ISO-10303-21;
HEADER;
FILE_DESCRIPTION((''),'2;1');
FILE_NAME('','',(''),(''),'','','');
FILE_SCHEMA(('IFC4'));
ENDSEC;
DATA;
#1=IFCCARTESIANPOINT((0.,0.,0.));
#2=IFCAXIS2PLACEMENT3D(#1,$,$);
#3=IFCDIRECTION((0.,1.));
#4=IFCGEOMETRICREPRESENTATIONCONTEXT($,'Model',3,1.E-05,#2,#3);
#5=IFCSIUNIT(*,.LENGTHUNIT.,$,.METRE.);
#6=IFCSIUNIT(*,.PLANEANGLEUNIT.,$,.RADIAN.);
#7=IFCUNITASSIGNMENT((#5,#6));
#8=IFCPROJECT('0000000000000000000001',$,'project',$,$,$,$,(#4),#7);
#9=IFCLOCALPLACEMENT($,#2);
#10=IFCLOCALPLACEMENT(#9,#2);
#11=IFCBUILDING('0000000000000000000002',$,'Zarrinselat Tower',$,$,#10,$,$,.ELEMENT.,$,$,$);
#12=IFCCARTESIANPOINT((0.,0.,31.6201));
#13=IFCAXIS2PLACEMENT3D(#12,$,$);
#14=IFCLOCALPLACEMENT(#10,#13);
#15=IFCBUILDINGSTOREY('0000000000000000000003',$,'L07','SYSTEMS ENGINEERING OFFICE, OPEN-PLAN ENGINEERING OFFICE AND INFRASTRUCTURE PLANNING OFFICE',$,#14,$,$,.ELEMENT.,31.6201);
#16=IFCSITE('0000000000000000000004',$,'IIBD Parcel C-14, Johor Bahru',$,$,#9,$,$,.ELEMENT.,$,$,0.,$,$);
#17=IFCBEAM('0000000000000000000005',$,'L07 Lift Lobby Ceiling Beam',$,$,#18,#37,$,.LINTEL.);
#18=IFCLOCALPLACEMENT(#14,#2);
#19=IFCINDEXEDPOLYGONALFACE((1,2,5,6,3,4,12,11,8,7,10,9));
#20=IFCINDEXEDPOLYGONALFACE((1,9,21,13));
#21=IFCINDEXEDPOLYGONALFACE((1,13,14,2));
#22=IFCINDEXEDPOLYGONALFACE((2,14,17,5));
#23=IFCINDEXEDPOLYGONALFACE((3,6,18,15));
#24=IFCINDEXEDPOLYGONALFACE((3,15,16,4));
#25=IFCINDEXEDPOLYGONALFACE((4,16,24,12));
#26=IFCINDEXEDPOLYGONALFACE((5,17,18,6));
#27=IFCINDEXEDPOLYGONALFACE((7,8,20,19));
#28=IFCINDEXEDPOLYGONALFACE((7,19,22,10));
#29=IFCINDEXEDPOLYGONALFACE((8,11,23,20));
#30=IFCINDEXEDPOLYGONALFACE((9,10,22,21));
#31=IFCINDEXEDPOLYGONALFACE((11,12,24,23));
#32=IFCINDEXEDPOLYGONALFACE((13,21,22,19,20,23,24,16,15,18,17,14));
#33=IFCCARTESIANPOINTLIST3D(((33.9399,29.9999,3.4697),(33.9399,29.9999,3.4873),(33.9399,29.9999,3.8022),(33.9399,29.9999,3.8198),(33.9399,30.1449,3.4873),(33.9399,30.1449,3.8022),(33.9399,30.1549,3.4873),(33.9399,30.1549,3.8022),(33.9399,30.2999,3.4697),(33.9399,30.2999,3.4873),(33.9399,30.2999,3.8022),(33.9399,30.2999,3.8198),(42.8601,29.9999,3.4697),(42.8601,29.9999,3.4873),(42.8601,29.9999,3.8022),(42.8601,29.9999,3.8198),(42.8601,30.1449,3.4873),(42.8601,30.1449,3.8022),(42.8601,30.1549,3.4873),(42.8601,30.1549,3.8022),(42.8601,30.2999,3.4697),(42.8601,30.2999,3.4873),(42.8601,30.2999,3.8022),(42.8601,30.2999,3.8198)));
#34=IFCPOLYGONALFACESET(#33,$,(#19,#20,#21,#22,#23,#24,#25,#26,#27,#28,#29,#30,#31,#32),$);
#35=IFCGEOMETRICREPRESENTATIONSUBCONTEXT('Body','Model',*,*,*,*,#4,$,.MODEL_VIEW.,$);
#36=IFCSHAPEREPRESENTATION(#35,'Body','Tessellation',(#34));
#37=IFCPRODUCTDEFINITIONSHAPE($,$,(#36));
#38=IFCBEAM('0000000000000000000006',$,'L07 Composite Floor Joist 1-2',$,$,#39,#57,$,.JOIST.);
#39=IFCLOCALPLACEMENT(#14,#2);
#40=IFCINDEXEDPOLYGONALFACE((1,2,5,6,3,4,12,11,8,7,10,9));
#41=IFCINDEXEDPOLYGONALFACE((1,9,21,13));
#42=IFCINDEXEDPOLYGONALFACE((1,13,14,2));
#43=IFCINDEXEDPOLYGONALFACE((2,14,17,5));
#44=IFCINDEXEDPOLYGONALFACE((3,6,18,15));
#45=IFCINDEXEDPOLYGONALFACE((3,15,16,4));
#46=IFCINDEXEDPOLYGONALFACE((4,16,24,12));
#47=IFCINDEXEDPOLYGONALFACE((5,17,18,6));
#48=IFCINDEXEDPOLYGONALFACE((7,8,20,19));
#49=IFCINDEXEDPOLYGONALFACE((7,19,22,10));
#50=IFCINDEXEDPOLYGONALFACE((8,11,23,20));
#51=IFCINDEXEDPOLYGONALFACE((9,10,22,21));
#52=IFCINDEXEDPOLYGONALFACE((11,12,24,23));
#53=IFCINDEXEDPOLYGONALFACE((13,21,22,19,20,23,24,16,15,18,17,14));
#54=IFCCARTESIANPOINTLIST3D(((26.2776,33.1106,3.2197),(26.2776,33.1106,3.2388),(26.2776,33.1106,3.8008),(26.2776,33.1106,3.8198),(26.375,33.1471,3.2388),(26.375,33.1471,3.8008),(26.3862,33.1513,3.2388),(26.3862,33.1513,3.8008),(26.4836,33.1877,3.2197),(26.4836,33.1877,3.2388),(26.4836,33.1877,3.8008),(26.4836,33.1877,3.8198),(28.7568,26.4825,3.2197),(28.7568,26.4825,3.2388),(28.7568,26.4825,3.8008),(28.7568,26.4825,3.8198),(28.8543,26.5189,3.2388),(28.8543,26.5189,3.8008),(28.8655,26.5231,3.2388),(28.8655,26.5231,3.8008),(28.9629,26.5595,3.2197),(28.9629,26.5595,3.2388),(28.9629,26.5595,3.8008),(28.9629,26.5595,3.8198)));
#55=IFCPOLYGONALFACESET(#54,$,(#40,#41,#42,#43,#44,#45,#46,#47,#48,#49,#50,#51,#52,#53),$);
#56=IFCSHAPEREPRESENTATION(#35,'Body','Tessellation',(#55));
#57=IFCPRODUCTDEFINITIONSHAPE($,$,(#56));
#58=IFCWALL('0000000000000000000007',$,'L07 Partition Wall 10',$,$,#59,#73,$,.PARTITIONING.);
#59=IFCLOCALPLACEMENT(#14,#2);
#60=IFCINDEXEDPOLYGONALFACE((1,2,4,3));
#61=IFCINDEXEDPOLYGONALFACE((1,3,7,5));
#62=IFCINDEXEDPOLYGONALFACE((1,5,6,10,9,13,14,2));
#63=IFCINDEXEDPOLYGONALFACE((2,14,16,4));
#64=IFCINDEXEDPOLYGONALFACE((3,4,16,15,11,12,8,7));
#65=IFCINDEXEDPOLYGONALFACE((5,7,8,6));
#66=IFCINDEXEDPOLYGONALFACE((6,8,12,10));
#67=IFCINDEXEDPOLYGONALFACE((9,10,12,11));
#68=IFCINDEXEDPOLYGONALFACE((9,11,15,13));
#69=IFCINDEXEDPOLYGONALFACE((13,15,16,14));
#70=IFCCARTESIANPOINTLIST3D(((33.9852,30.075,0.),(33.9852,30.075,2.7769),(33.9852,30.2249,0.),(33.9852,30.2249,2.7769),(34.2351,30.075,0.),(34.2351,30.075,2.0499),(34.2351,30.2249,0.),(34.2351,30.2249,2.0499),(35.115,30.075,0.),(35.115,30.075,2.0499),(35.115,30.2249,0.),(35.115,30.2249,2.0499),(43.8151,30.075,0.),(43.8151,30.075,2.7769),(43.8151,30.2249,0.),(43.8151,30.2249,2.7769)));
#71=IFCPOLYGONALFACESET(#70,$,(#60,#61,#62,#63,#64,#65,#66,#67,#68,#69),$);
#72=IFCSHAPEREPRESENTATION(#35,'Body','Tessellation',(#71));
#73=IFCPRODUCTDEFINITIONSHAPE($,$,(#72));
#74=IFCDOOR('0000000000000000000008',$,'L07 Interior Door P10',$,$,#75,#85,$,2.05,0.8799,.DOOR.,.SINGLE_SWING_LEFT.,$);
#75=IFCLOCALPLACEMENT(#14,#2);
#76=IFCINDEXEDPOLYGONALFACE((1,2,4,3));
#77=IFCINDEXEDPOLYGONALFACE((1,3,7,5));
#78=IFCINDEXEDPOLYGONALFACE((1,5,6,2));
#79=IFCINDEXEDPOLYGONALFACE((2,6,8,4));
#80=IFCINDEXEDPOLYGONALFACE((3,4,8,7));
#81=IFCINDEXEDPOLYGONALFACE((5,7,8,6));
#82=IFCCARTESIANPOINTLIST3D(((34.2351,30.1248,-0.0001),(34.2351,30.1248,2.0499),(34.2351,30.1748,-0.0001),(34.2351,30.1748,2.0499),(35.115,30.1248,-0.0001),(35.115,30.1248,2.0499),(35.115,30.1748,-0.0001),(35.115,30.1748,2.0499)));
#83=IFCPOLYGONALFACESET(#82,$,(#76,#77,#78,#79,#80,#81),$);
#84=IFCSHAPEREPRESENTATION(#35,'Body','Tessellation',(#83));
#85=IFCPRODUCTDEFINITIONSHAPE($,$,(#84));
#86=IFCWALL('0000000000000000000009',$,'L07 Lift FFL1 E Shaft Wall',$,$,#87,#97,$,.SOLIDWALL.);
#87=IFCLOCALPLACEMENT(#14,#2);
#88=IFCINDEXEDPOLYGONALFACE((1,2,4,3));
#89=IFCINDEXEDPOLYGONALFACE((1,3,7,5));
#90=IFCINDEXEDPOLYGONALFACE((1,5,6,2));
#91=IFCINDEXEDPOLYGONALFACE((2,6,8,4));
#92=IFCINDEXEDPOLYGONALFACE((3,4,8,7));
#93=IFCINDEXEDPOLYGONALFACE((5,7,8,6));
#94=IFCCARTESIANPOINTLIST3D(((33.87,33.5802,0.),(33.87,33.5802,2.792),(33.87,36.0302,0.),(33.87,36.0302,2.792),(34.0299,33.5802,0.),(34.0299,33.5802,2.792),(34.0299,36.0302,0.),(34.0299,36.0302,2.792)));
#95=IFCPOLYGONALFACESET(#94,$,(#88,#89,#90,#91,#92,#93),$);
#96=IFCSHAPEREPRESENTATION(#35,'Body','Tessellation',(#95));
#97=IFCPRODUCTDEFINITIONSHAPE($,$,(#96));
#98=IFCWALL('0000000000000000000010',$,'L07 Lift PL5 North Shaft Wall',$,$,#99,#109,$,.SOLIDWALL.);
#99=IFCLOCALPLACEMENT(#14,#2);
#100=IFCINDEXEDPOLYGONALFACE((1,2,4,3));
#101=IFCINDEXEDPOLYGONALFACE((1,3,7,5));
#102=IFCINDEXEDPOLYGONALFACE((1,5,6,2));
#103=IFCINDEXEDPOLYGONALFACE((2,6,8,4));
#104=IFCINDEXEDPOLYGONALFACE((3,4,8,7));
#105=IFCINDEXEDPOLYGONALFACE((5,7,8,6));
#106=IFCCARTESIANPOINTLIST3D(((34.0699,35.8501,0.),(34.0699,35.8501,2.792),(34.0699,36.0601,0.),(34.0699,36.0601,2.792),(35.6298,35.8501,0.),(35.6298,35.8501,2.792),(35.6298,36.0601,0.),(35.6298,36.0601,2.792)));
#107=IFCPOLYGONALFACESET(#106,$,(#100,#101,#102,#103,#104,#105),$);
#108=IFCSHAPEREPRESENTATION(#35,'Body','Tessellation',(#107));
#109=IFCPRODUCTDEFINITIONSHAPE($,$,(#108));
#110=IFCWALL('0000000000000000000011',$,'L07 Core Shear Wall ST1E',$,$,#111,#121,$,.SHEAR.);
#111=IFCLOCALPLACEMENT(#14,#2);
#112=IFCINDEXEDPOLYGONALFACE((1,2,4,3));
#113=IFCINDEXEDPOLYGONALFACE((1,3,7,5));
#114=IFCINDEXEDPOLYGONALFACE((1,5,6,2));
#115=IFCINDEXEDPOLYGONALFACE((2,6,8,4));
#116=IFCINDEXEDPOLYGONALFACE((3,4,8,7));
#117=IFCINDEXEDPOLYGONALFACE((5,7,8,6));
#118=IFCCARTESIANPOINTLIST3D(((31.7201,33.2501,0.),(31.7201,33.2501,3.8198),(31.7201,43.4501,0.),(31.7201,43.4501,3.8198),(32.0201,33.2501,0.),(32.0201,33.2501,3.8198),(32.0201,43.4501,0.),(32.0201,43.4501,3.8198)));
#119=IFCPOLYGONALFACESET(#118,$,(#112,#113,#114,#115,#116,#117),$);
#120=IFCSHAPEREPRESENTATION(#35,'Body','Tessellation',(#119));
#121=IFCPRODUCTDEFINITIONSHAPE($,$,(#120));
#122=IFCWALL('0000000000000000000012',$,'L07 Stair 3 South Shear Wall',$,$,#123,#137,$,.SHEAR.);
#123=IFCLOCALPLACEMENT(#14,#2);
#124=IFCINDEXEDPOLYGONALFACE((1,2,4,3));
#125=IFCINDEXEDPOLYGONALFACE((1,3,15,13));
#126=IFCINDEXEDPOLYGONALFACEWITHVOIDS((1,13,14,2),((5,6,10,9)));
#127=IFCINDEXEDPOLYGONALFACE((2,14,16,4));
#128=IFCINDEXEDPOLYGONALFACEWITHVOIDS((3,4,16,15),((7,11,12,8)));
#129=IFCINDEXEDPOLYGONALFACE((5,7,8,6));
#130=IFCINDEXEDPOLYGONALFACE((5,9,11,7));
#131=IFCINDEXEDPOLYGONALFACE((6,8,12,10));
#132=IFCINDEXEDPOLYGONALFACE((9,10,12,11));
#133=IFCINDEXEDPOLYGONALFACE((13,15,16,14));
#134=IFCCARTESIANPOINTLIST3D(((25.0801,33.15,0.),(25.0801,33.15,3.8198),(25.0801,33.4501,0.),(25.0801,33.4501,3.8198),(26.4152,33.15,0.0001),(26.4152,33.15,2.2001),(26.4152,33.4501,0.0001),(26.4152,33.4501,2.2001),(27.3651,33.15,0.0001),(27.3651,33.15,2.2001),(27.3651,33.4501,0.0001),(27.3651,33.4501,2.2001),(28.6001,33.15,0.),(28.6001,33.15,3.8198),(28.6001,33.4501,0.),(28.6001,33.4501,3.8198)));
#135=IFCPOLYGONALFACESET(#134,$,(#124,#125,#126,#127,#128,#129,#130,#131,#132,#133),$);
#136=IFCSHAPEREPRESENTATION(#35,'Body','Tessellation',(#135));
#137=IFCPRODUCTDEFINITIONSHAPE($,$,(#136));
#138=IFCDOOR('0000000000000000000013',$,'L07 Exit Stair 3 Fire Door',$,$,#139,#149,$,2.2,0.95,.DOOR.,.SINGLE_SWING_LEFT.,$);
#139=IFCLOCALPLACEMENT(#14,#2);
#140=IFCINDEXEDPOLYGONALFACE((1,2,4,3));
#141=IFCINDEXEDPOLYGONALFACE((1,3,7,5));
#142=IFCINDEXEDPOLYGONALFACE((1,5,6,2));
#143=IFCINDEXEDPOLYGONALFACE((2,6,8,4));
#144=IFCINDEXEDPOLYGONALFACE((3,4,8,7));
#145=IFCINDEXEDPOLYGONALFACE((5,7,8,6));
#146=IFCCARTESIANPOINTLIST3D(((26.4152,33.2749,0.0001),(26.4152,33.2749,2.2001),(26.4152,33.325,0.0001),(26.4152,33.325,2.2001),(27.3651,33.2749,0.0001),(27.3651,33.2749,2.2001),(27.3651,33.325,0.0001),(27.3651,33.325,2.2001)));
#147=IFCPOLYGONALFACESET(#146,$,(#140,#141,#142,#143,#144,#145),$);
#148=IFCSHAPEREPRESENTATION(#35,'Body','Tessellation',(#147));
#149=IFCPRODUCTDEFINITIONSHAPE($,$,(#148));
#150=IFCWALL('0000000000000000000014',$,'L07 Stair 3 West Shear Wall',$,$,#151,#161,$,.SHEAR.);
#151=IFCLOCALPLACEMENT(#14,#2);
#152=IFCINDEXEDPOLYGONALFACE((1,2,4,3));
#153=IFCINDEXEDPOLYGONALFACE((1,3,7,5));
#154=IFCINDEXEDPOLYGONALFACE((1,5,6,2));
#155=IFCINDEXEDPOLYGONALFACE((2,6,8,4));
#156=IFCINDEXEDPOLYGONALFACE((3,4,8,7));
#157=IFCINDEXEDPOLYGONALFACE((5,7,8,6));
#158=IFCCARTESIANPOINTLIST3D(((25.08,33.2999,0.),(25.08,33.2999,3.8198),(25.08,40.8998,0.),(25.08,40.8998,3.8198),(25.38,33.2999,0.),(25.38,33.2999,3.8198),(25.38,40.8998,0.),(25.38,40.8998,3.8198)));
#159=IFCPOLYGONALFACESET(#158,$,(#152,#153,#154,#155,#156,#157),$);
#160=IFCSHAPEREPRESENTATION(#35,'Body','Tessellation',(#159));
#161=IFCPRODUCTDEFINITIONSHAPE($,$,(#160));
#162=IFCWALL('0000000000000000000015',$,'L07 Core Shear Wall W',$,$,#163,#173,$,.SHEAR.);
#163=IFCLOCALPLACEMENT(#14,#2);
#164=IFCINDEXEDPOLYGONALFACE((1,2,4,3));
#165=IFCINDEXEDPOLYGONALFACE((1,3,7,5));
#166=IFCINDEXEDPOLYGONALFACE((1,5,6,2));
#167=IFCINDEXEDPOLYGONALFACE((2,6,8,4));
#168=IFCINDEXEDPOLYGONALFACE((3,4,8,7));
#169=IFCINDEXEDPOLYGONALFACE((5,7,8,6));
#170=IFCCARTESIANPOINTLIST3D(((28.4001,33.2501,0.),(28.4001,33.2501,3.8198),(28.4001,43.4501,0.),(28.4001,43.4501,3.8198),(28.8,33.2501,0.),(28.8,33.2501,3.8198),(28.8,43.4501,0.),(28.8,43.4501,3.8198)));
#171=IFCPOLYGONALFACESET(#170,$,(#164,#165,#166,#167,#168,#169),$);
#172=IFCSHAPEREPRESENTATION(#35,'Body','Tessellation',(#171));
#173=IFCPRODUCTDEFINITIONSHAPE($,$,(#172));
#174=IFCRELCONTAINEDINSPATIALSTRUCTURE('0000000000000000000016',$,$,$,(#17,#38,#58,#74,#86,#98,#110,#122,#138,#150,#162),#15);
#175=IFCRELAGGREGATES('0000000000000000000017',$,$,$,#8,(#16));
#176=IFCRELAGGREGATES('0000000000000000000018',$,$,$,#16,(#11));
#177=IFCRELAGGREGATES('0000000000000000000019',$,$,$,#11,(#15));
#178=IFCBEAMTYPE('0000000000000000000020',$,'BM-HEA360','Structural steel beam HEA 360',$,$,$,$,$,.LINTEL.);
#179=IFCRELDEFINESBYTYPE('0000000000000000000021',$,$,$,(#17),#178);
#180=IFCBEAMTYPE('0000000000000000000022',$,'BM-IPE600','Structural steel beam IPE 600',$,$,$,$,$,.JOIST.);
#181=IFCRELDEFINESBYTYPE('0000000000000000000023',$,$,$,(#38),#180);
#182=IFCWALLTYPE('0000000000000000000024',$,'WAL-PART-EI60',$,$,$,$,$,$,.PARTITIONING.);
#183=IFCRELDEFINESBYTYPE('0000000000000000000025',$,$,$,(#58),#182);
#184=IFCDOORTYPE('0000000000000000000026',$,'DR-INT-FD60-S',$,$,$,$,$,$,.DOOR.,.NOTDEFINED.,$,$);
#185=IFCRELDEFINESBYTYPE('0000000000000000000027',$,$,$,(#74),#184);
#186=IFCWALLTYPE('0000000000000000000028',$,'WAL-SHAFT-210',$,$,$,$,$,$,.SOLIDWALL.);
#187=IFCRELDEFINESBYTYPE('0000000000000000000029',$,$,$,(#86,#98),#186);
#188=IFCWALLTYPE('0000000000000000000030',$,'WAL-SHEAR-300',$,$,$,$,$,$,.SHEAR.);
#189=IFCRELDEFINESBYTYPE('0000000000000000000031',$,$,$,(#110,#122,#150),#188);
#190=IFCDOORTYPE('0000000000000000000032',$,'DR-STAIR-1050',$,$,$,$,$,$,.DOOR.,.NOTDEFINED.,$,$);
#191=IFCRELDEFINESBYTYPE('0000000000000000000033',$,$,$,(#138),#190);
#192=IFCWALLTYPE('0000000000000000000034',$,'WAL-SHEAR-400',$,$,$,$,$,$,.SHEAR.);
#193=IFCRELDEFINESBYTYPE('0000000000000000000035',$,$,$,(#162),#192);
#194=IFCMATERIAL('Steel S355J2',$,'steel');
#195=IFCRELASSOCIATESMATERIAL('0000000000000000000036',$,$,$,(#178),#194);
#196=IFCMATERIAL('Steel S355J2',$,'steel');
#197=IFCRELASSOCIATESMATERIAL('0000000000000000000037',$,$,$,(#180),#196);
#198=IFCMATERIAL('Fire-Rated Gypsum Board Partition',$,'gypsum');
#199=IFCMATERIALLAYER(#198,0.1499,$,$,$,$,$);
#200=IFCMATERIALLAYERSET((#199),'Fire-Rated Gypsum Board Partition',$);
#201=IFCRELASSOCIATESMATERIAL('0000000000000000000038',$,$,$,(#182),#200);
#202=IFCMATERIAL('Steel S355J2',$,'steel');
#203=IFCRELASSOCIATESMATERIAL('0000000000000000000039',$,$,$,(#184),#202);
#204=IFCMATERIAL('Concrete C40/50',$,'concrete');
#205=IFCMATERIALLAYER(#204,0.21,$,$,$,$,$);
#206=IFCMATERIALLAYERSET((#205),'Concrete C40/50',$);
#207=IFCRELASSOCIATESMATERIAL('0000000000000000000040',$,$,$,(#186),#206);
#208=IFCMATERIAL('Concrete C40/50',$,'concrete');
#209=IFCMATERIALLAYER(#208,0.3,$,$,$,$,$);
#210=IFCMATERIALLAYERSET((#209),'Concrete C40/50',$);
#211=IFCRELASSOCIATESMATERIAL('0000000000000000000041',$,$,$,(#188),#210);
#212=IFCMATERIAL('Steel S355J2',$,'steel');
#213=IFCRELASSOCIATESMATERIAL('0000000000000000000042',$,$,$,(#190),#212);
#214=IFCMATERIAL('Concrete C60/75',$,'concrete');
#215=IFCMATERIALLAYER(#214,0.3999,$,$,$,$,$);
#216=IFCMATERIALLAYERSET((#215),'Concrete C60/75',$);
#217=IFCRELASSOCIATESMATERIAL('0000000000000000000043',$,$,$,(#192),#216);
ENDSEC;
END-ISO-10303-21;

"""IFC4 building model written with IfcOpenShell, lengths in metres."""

from ifc_helpers import new_model, si_unit, direction, frame, frame_2d, origin, origin_2d, place, context, subcontext, project, spatial, rectangle, i_section, extrude, material, layer, layer_set, material_profile, profile_set, type_object, element, fill, save


model = new_model("IFC4")

# Units and contexts
model_context = context("Model", 3, precision=1e-05, world=origin(), true_north=direction((0.0, 1.0)))
body_context = subcontext(model_context, "Body", "Model", "MODEL_VIEW")
ifc_project = project(units=[si_unit("LENGTHUNIT", "METRE"), si_unit("PLANEANGLEUNIT", "RADIAN")], contexts=[model_context])

# Site, building, storey
site_placement = place(None, origin())
site = spatial("IfcSite", under=ifc_project, at=site_placement, Name="IIBD Parcel C-14, Johor Bahru", CompositionType="ELEMENT", RefElevation=0.0)
building_placement = place(site_placement, origin())
building = spatial("IfcBuilding", under=site, at=building_placement, Name="Zarrinselat Tower", CompositionType="ELEMENT")
storey_placement = place(building_placement, frame((0.0, 0.0, 31.6201)))
storey = spatial("IfcBuildingStorey", under=building, at=storey_placement, Name="L07", Description="SYSTEMS ENGINEERING OFFICE, OPEN-PLAN ENGINEERING OFFICE AND INFRASTRUCTURE PLANNING OFFICE", CompositionType="ELEMENT", Elevation=31.6201)

# Beams
ifc_material_1 = material(Name="Steel S355J2", Category="steel")
ifc_material_profile_1 = material_profile(ifc_material_1, i_section(OverallWidth=0.3, OverallDepth=0.3501, WebThickness=0.01, FlangeThickness=0.0176, at=origin_2d()), Name="HEA 360")
ifc_profile_set_1 = profile_set([ifc_material_profile_1], Name="Steel S355J2")
beam_type_1 = type_object("IfcBeamType", Name="BM-HEA360", Description="Structural steel beam HEA 360", PredefinedType="LINTEL", material=ifc_profile_set_1)
beam_1_placement = place(storey_placement, frame((33.9399, 30.1499, 3.6448), z_axis=(1.0, 0.0, 0.0), x_axis=(0.0, 1.0, 0.0)))
element("IfcBeam", 1, at=beam_1_placement, inside=storey, type_object=beam_type_1, Name="L07 Lift Lobby Ceiling Beam", PredefinedType="LINTEL", context=body_context, shape_type="SweptSolid", body=[
    extrude(i_section(OverallWidth=0.3, OverallDepth=0.3501, WebThickness=0.01, FlangeThickness=0.0176, at=origin_2d()), origin(), (0.0, 0.0, 1.0), 8.9202),
])
ifc_material_2 = material(Name="Steel S355J2", Category="steel")
ifc_material_profile_2 = material_profile(ifc_material_2, i_section(OverallWidth=0.22, OverallDepth=0.6001, WebThickness=0.012, FlangeThickness=0.019, at=origin_2d()), Name="IPE 600")
ifc_profile_set_2 = profile_set([ifc_material_profile_2], Name="Steel S355J2")
beam_type_2 = type_object("IfcBeamType", Name="BM-IPE600", Description="Structural steel beam IPE 600", PredefinedType="JOIST", material=ifc_profile_set_2)
beam_2_placement = place(storey_placement, frame((26.3806, 33.1492, 3.5198), z_axis=(0.350341, -0.936622, 0.0), x_axis=(0.936622, 0.350341, 0.0)))
element("IfcBeam", 2, at=beam_2_placement, inside=storey, type_object=beam_type_2, Name="L07 Composite Floor Joist 1-2", PredefinedType="JOIST", context=body_context, shape_type="SweptSolid", body=[
    extrude(i_section(OverallWidth=0.22, OverallDepth=0.6001, WebThickness=0.012, FlangeThickness=0.019, at=origin_2d()), origin(), (0.0, 0.0, 1.0), 7.0767),
])

# Wall, opening, door
ifc_material_3 = material(Name="Fire-Rated Gypsum Board Partition", Category="gypsum")
ifc_layer_1 = layer(ifc_material_3, 0.1499)
ifc_layer_set_1 = layer_set([ifc_layer_1], Name="Fire-Rated Gypsum Board Partition")
wall_type_1 = type_object("IfcWallType", Name="WAL-PART-EI60", PredefinedType="PARTITIONING", material=ifc_layer_set_1)
wall_1_placement = place(storey_placement, frame((33.9851, 30.1499, 0.0), z_axis=(0.0, 0.0, 1.0), x_axis=(1.0, 0.0, 0.0)))
wall_1 = element("IfcWall", 3, at=wall_1_placement, inside=storey, type_object=wall_type_1, Name="L07 Partition Wall 10", PredefinedType="PARTITIONING", context=body_context, shape_type="SweptSolid", body=[
    extrude(rectangle(XDim=9.8298, YDim=0.1499, at=frame_2d((4.915, 0.0))), origin(), (0.0, 0.0, 1.0), 2.7769),
])
opening_1_placement = place(wall_1_placement, frame((0.25, 0.0, 0.0)))
opening_1 = element("IfcOpeningElement", 4, at=opening_1_placement, cuts=wall_1, PredefinedType="OPENING", context=body_context, shape_type="SweptSolid", body=[
    extrude(rectangle(XDim=0.8799, YDim=2.05, at=frame_2d((0.4399, 1.0249))), frame((0.0, 0.085, 0.0), z_axis=(0.0, -1.0, 0.0), x_axis=(1.0, 0.0, 0.0)), (0.0, 0.0, 1.0), 0.1699),
])
ifc_material_4 = material(Name="Steel S355J2", Category="steel")
door_type_1 = type_object("IfcDoorType", Name="DR-INT-FD60-S", OperationType="NOTDEFINED", PredefinedType="DOOR", material=ifc_material_4)
door_1_placement = place(opening_1_placement, origin())
door_1 = element("IfcDoor", 5, at=door_1_placement, inside=storey, type_object=door_type_1, Name="L07 Interior Door P10", OperationType="SINGLE_SWING_LEFT", OverallHeight=2.05, OverallWidth=0.8799, PredefinedType="DOOR", context=body_context, shape_type="SweptSolid", body=[
    extrude(rectangle(XDim=0.8799, YDim=2.05, at=frame_2d((0.4399, 1.0249))), frame((0.0, 0.0249, 0.0), z_axis=(0.0, -1.0, 0.0), x_axis=(1.0, 0.0, 0.0)), (0.0, 0.0, 1.0), 0.05),
])
fill(opening_1, door_1)

# Walls
ifc_material_5 = material(Name="Concrete C40/50", Category="concrete")
ifc_layer_2 = layer(ifc_material_5, 0.21)
ifc_layer_set_2 = layer_set([ifc_layer_2], Name="Concrete C40/50")
wall_type_2 = type_object("IfcWallType", Name="WAL-SHAFT-210", PredefinedType="SOLIDWALL", material=ifc_layer_set_2)
wall_2_placement = place(storey_placement, frame((33.95, 33.5801, 0.0), z_axis=(0.0, 0.0, 1.0), x_axis=(0.0, 1.0, 0.0)))
element("IfcWall", 6, at=wall_2_placement, inside=storey, type_object=wall_type_2, Name="L07 Lift FFL1 E Shaft Wall", PredefinedType="SOLIDWALL", context=body_context, shape_type="SweptSolid", body=[
    extrude(rectangle(XDim=2.45, YDim=0.1599, at=frame_2d((1.2251, 0.0))), origin(), (0.0, 0.0, 1.0), 2.792),
])
wall_3_placement = place(storey_placement, frame((34.0701, 35.9551, 0.0), z_axis=(0.0, 0.0, 1.0), x_axis=(1.0, 0.0, 0.0)))
element("IfcWall", 7, at=wall_3_placement, inside=storey, type_object=wall_type_2, Name="L07 Lift PL5 North Shaft Wall", PredefinedType="SOLIDWALL", context=body_context, shape_type="SweptSolid", body=[
    extrude(rectangle(XDim=1.5598, YDim=0.21, at=frame_2d((0.7798, 0.0))), origin(), (0.0, 0.0, 1.0), 2.792),
])
ifc_material_6 = material(Name="Concrete C40/50", Category="concrete")
ifc_layer_3 = layer(ifc_material_6, 0.3)
ifc_layer_set_3 = layer_set([ifc_layer_3], Name="Concrete C40/50")
wall_type_3 = type_object("IfcWallType", Name="WAL-SHEAR-300", PredefinedType="SHEAR", material=ifc_layer_set_3)
wall_4_placement = place(storey_placement, frame((31.8701, 33.25, 0.0), z_axis=(0.0, 0.0, 1.0), x_axis=(0.0, 1.0, 0.0)))
element("IfcWall", 8, at=wall_4_placement, inside=storey, type_object=wall_type_3, Name="L07 Core Shear Wall ST1E", PredefinedType="SHEAR", context=body_context, shape_type="SweptSolid", body=[
    extrude(rectangle(XDim=10.2, YDim=0.3, at=frame_2d((5.1001, 0.0))), origin(), (0.0, 0.0, 1.0), 3.8198),
])

# Wall, opening, door
wall_5_placement = place(storey_placement, frame((25.0801, 33.3, 0.0), z_axis=(0.0, 0.0, 1.0), x_axis=(1.0, 0.0, 0.0)))
wall_5 = element("IfcWall", 9, at=wall_5_placement, inside=storey, type_object=wall_type_3, Name="L07 Stair 3 South Shear Wall", PredefinedType="SHEAR", context=body_context, shape_type="SweptSolid", body=[
    extrude(rectangle(XDim=3.52, YDim=0.3, at=frame_2d((1.76, 0.0))), origin(), (0.0, 0.0, 1.0), 3.8198),
])
opening_2_placement = place(wall_5_placement, frame((1.335, 0.0, 0.0)))
opening_2 = element("IfcOpeningElement", 10, at=opening_2_placement, cuts=wall_5, PredefinedType="OPENING", context=body_context, shape_type="SweptSolid", body=[
    extrude(rectangle(XDim=0.95, YDim=2.2, at=frame_2d((0.4751, 1.1001))), frame((0.0, 0.1599, 0.0), z_axis=(0.0, -1.0, 0.0), x_axis=(1.0, 0.0, 0.0)), (0.0, 0.0, 1.0), 0.3201),
])
ifc_material_7 = material(Name="Steel S355J2", Category="steel")
door_type_2 = type_object("IfcDoorType", Name="DR-STAIR-1050", OperationType="NOTDEFINED", PredefinedType="DOOR", material=ifc_material_7)
door_2_placement = place(opening_2_placement, origin())
door_2 = element("IfcDoor", 11, at=door_2_placement, inside=storey, type_object=door_type_2, Name="L07 Exit Stair 3 Fire Door", OperationType="SINGLE_SWING_LEFT", OverallHeight=2.2, OverallWidth=0.95, PredefinedType="DOOR", context=body_context, shape_type="SweptSolid", body=[
    extrude(rectangle(XDim=0.95, YDim=2.2, at=frame_2d((0.4751, 1.1001))), frame((0.0, 0.0249, 0.0), z_axis=(0.0, -1.0, 0.0), x_axis=(1.0, 0.0, 0.0)), (0.0, 0.0, 1.0), 0.05),
])
fill(opening_2, door_2)

# Wall
wall_6_placement = place(storey_placement, frame((25.23, 33.3, 0.0), z_axis=(0.0, 0.0, 1.0), x_axis=(0.0, 1.0, 0.0)))
element("IfcWall", 12, at=wall_6_placement, inside=storey, type_object=wall_type_3, Name="L07 Stair 3 West Shear Wall", PredefinedType="SHEAR", context=body_context, shape_type="SweptSolid", body=[
    extrude(rectangle(XDim=7.5999, YDim=0.3, at=frame_2d((3.7998, 0.0))), origin(), (0.0, 0.0, 1.0), 3.8198),
])

# Shared definitions
ifc_material_8 = material(Name="Concrete C60/75", Category="concrete")
ifc_layer_4 = layer(ifc_material_8, 0.3999)
ifc_layer_set_4 = layer_set([ifc_layer_4], Name="Concrete C60/75")
wall_type_4 = type_object("IfcWallType", Name="WAL-SHEAR-400", PredefinedType="SHEAR", material=ifc_layer_set_4)

# Wall
wall_7_placement = place(storey_placement, frame((28.6001, 33.25, 0.0), z_axis=(0.0, 0.0, 1.0), x_axis=(0.0, 1.0, 0.0)))
element("IfcWall", 13, at=wall_7_placement, inside=storey, type_object=wall_type_4, Name="L07 Core Shear Wall W", PredefinedType="SHEAR", context=body_context, shape_type="SweptSolid", body=[
    extrude(rectangle(XDim=10.2, YDim=0.3999, at=frame_2d((5.1001, 0.0))), origin(), (0.0, 0.0, 1.0), 3.8198),
])

save(model, "model.ifc")
